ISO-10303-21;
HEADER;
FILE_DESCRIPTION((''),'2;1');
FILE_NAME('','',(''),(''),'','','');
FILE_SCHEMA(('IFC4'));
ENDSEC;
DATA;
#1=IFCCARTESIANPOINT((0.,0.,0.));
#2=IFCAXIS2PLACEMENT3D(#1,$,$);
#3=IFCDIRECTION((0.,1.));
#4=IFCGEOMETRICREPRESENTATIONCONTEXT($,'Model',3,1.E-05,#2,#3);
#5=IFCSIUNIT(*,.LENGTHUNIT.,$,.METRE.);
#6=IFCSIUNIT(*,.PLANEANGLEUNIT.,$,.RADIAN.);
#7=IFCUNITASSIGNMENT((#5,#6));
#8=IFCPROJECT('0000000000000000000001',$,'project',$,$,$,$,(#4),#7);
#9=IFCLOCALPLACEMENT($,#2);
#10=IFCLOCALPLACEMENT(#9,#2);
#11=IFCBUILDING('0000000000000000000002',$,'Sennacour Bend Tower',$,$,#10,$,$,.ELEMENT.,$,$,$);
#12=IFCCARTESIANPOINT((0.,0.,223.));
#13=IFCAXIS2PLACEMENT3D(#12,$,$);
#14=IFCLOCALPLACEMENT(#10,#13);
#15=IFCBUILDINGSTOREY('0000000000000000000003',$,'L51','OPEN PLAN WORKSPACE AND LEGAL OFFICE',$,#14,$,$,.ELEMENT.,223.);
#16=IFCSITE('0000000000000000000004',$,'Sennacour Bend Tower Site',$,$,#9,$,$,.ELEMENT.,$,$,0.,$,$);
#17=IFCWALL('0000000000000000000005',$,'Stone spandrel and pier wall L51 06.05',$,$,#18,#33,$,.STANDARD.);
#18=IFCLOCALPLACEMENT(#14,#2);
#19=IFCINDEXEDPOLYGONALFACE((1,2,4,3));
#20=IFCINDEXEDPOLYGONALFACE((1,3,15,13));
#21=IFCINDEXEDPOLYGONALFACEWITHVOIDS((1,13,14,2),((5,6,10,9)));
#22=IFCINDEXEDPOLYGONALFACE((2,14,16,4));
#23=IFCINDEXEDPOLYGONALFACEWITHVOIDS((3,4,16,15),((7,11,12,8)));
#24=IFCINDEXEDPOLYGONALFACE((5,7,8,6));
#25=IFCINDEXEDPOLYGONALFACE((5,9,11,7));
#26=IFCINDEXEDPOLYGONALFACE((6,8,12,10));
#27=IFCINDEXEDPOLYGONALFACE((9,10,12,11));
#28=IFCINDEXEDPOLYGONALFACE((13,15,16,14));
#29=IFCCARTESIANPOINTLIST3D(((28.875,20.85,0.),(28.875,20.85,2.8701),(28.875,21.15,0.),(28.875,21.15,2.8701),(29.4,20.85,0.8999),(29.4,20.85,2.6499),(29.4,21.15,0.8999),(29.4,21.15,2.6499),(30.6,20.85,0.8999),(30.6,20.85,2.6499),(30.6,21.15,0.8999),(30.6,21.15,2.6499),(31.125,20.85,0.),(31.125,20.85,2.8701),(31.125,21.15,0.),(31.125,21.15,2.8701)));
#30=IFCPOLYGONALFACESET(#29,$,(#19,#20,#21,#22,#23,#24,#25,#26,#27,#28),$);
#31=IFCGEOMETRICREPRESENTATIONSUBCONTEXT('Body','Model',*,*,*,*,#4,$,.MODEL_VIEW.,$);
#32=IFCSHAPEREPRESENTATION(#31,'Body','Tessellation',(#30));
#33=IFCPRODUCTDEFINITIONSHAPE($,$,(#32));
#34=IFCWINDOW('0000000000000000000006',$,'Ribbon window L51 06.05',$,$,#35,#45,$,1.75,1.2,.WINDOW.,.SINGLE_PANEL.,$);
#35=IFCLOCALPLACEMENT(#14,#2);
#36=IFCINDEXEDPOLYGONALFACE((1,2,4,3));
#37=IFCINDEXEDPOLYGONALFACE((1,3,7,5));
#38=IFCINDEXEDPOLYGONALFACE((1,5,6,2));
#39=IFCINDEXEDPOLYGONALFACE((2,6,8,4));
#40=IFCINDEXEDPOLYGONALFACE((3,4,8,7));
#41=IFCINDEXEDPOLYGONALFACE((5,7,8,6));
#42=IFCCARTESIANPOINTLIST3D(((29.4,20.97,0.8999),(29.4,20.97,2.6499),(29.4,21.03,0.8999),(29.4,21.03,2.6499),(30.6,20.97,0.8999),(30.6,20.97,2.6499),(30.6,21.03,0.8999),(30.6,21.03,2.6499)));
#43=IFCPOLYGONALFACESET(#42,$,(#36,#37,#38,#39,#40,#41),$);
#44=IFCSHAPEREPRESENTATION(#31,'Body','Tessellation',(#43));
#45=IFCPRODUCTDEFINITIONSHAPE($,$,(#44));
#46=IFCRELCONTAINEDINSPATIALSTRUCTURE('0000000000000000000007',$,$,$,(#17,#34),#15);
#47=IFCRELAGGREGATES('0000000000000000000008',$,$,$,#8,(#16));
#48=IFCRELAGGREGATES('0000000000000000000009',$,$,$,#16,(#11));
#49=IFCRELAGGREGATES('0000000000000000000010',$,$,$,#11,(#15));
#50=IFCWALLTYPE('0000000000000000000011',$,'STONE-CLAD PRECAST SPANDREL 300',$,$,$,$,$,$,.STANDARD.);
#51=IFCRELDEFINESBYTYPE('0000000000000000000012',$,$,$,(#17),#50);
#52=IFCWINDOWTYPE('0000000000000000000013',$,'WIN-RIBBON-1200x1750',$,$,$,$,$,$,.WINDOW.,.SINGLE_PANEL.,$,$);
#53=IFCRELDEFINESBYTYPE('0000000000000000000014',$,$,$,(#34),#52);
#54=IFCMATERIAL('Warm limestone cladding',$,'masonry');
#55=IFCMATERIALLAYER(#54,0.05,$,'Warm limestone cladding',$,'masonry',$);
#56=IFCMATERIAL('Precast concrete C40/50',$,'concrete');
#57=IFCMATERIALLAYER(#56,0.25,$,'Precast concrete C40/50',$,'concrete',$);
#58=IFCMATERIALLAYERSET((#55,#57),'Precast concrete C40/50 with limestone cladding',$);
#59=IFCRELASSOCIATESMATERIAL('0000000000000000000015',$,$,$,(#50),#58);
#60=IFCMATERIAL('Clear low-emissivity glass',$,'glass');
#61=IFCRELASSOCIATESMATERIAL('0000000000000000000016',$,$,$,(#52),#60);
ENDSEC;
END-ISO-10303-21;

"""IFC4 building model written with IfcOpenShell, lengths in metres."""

from ifc_helpers import new_model, si_unit, direction, frame, frame_2d, origin, place, context, subcontext, project, spatial, rectangle, extrude, material, layer, layer_set, type_object, element, fill, save


model = new_model("IFC4")

# Units and contexts
model_context = context("Model", 3, precision=1e-05, world=origin(), true_north=direction((0.0, 1.0)))
body_context = subcontext(model_context, "Body", "Model", "MODEL_VIEW")
ifc_project = project(units=[si_unit("LENGTHUNIT", "METRE"), si_unit("PLANEANGLEUNIT", "RADIAN")], contexts=[model_context])

# Site, building, storey
site_placement = place(None, origin())
site = spatial("IfcSite", under=ifc_project, at=site_placement, Name="Sennacour Bend Tower Site", CompositionType="ELEMENT", RefElevation=0.0)
building_placement = place(site_placement, origin())
building = spatial("IfcBuilding", under=site, at=building_placement, Name="Sennacour Bend Tower", CompositionType="ELEMENT")
storey_placement = place(building_placement, frame((0.0, 0.0, 223.0)))
storey = spatial("IfcBuildingStorey", under=building, at=storey_placement, Name="L51", Description="OPEN PLAN WORKSPACE AND LEGAL OFFICE", CompositionType="ELEMENT", Elevation=223.0)

# Shared definitions
ifc_material_1 = material(Name="Warm limestone cladding", Category="masonry")
ifc_layer_1 = layer(ifc_material_1, 0.05, Name="Warm limestone cladding", Category="masonry")
ifc_material_2 = material(Name="Precast concrete C40/50", Category="concrete")
ifc_layer_2 = layer(ifc_material_2, 0.25, Name="Precast concrete C40/50", Category="concrete")
ifc_layer_set_1 = layer_set([ifc_layer_1, ifc_layer_2], Name="Precast concrete C40/50 with limestone cladding")
wall_type_1 = type_object("IfcWallType", Name="STONE-CLAD PRECAST SPANDREL 300", PredefinedType="STANDARD", material=ifc_layer_set_1)
ifc_material_3 = material(Name="Clear low-emissivity glass", Category="glass")

# Wall, opening, window
wall_1_placement = place(storey_placement, frame((31.125, 21.0, 0.0), z_axis=(0.0, 0.0, 1.0), x_axis=(-1.0, 0.0, 0.0)))
wall_1 = element("IfcWall", 1, at=wall_1_placement, inside=storey, type_object=wall_type_1, Name="Stone spandrel and pier wall L51 06.05", PredefinedType="STANDARD", context=body_context, shape_type="SweptSolid", body=[
    extrude(rectangle(XDim=2.25, YDim=0.3, at=frame_2d((1.125, 0.0))), origin(), (0.0, 0.0, 1.0), 2.8701),
])
opening_1_placement = place(wall_1_placement, frame((0.5249, 0.0, 0.8999)))
opening_1 = element("IfcOpeningElement", 2, at=opening_1_placement, cuts=wall_1, PredefinedType="OPENING", context=body_context, shape_type="SweptSolid", body=[
    extrude(rectangle(XDim=1.2, YDim=1.75, at=frame_2d((0.6001, 0.875))), frame((0.0, 0.1602, 0.0), z_axis=(0.0, -1.0, 0.0), x_axis=(1.0, 0.0, 0.0)), (0.0, 0.0, 1.0), 0.3201),
])
window_type_1 = type_object("IfcWindowType", Name="WIN-RIBBON-1200x1750", PartitioningType="SINGLE_PANEL", PredefinedType="WINDOW", material=ifc_material_3)
window_1_placement = place(opening_1_placement, origin())
window_1 = element("IfcWindow", 3, at=window_1_placement, inside=storey, type_object=window_type_1, Name="Ribbon window L51 06.05", OverallHeight=1.75, OverallWidth=1.2, PartitioningType="SINGLE_PANEL", PredefinedType="WINDOW", context=body_context, shape_type="SweptSolid", body=[
    extrude(rectangle(XDim=1.2, YDim=1.75, at=frame_2d((0.6001, 0.875))), frame((0.0, 0.03, 0.0), z_axis=(0.0, -1.0, 0.0), x_axis=(1.0, 0.0, 0.0)), (0.0, 0.0, 1.0), 0.0601),
])
fill(opening_1, window_1)

save(model, "model.ifc")
